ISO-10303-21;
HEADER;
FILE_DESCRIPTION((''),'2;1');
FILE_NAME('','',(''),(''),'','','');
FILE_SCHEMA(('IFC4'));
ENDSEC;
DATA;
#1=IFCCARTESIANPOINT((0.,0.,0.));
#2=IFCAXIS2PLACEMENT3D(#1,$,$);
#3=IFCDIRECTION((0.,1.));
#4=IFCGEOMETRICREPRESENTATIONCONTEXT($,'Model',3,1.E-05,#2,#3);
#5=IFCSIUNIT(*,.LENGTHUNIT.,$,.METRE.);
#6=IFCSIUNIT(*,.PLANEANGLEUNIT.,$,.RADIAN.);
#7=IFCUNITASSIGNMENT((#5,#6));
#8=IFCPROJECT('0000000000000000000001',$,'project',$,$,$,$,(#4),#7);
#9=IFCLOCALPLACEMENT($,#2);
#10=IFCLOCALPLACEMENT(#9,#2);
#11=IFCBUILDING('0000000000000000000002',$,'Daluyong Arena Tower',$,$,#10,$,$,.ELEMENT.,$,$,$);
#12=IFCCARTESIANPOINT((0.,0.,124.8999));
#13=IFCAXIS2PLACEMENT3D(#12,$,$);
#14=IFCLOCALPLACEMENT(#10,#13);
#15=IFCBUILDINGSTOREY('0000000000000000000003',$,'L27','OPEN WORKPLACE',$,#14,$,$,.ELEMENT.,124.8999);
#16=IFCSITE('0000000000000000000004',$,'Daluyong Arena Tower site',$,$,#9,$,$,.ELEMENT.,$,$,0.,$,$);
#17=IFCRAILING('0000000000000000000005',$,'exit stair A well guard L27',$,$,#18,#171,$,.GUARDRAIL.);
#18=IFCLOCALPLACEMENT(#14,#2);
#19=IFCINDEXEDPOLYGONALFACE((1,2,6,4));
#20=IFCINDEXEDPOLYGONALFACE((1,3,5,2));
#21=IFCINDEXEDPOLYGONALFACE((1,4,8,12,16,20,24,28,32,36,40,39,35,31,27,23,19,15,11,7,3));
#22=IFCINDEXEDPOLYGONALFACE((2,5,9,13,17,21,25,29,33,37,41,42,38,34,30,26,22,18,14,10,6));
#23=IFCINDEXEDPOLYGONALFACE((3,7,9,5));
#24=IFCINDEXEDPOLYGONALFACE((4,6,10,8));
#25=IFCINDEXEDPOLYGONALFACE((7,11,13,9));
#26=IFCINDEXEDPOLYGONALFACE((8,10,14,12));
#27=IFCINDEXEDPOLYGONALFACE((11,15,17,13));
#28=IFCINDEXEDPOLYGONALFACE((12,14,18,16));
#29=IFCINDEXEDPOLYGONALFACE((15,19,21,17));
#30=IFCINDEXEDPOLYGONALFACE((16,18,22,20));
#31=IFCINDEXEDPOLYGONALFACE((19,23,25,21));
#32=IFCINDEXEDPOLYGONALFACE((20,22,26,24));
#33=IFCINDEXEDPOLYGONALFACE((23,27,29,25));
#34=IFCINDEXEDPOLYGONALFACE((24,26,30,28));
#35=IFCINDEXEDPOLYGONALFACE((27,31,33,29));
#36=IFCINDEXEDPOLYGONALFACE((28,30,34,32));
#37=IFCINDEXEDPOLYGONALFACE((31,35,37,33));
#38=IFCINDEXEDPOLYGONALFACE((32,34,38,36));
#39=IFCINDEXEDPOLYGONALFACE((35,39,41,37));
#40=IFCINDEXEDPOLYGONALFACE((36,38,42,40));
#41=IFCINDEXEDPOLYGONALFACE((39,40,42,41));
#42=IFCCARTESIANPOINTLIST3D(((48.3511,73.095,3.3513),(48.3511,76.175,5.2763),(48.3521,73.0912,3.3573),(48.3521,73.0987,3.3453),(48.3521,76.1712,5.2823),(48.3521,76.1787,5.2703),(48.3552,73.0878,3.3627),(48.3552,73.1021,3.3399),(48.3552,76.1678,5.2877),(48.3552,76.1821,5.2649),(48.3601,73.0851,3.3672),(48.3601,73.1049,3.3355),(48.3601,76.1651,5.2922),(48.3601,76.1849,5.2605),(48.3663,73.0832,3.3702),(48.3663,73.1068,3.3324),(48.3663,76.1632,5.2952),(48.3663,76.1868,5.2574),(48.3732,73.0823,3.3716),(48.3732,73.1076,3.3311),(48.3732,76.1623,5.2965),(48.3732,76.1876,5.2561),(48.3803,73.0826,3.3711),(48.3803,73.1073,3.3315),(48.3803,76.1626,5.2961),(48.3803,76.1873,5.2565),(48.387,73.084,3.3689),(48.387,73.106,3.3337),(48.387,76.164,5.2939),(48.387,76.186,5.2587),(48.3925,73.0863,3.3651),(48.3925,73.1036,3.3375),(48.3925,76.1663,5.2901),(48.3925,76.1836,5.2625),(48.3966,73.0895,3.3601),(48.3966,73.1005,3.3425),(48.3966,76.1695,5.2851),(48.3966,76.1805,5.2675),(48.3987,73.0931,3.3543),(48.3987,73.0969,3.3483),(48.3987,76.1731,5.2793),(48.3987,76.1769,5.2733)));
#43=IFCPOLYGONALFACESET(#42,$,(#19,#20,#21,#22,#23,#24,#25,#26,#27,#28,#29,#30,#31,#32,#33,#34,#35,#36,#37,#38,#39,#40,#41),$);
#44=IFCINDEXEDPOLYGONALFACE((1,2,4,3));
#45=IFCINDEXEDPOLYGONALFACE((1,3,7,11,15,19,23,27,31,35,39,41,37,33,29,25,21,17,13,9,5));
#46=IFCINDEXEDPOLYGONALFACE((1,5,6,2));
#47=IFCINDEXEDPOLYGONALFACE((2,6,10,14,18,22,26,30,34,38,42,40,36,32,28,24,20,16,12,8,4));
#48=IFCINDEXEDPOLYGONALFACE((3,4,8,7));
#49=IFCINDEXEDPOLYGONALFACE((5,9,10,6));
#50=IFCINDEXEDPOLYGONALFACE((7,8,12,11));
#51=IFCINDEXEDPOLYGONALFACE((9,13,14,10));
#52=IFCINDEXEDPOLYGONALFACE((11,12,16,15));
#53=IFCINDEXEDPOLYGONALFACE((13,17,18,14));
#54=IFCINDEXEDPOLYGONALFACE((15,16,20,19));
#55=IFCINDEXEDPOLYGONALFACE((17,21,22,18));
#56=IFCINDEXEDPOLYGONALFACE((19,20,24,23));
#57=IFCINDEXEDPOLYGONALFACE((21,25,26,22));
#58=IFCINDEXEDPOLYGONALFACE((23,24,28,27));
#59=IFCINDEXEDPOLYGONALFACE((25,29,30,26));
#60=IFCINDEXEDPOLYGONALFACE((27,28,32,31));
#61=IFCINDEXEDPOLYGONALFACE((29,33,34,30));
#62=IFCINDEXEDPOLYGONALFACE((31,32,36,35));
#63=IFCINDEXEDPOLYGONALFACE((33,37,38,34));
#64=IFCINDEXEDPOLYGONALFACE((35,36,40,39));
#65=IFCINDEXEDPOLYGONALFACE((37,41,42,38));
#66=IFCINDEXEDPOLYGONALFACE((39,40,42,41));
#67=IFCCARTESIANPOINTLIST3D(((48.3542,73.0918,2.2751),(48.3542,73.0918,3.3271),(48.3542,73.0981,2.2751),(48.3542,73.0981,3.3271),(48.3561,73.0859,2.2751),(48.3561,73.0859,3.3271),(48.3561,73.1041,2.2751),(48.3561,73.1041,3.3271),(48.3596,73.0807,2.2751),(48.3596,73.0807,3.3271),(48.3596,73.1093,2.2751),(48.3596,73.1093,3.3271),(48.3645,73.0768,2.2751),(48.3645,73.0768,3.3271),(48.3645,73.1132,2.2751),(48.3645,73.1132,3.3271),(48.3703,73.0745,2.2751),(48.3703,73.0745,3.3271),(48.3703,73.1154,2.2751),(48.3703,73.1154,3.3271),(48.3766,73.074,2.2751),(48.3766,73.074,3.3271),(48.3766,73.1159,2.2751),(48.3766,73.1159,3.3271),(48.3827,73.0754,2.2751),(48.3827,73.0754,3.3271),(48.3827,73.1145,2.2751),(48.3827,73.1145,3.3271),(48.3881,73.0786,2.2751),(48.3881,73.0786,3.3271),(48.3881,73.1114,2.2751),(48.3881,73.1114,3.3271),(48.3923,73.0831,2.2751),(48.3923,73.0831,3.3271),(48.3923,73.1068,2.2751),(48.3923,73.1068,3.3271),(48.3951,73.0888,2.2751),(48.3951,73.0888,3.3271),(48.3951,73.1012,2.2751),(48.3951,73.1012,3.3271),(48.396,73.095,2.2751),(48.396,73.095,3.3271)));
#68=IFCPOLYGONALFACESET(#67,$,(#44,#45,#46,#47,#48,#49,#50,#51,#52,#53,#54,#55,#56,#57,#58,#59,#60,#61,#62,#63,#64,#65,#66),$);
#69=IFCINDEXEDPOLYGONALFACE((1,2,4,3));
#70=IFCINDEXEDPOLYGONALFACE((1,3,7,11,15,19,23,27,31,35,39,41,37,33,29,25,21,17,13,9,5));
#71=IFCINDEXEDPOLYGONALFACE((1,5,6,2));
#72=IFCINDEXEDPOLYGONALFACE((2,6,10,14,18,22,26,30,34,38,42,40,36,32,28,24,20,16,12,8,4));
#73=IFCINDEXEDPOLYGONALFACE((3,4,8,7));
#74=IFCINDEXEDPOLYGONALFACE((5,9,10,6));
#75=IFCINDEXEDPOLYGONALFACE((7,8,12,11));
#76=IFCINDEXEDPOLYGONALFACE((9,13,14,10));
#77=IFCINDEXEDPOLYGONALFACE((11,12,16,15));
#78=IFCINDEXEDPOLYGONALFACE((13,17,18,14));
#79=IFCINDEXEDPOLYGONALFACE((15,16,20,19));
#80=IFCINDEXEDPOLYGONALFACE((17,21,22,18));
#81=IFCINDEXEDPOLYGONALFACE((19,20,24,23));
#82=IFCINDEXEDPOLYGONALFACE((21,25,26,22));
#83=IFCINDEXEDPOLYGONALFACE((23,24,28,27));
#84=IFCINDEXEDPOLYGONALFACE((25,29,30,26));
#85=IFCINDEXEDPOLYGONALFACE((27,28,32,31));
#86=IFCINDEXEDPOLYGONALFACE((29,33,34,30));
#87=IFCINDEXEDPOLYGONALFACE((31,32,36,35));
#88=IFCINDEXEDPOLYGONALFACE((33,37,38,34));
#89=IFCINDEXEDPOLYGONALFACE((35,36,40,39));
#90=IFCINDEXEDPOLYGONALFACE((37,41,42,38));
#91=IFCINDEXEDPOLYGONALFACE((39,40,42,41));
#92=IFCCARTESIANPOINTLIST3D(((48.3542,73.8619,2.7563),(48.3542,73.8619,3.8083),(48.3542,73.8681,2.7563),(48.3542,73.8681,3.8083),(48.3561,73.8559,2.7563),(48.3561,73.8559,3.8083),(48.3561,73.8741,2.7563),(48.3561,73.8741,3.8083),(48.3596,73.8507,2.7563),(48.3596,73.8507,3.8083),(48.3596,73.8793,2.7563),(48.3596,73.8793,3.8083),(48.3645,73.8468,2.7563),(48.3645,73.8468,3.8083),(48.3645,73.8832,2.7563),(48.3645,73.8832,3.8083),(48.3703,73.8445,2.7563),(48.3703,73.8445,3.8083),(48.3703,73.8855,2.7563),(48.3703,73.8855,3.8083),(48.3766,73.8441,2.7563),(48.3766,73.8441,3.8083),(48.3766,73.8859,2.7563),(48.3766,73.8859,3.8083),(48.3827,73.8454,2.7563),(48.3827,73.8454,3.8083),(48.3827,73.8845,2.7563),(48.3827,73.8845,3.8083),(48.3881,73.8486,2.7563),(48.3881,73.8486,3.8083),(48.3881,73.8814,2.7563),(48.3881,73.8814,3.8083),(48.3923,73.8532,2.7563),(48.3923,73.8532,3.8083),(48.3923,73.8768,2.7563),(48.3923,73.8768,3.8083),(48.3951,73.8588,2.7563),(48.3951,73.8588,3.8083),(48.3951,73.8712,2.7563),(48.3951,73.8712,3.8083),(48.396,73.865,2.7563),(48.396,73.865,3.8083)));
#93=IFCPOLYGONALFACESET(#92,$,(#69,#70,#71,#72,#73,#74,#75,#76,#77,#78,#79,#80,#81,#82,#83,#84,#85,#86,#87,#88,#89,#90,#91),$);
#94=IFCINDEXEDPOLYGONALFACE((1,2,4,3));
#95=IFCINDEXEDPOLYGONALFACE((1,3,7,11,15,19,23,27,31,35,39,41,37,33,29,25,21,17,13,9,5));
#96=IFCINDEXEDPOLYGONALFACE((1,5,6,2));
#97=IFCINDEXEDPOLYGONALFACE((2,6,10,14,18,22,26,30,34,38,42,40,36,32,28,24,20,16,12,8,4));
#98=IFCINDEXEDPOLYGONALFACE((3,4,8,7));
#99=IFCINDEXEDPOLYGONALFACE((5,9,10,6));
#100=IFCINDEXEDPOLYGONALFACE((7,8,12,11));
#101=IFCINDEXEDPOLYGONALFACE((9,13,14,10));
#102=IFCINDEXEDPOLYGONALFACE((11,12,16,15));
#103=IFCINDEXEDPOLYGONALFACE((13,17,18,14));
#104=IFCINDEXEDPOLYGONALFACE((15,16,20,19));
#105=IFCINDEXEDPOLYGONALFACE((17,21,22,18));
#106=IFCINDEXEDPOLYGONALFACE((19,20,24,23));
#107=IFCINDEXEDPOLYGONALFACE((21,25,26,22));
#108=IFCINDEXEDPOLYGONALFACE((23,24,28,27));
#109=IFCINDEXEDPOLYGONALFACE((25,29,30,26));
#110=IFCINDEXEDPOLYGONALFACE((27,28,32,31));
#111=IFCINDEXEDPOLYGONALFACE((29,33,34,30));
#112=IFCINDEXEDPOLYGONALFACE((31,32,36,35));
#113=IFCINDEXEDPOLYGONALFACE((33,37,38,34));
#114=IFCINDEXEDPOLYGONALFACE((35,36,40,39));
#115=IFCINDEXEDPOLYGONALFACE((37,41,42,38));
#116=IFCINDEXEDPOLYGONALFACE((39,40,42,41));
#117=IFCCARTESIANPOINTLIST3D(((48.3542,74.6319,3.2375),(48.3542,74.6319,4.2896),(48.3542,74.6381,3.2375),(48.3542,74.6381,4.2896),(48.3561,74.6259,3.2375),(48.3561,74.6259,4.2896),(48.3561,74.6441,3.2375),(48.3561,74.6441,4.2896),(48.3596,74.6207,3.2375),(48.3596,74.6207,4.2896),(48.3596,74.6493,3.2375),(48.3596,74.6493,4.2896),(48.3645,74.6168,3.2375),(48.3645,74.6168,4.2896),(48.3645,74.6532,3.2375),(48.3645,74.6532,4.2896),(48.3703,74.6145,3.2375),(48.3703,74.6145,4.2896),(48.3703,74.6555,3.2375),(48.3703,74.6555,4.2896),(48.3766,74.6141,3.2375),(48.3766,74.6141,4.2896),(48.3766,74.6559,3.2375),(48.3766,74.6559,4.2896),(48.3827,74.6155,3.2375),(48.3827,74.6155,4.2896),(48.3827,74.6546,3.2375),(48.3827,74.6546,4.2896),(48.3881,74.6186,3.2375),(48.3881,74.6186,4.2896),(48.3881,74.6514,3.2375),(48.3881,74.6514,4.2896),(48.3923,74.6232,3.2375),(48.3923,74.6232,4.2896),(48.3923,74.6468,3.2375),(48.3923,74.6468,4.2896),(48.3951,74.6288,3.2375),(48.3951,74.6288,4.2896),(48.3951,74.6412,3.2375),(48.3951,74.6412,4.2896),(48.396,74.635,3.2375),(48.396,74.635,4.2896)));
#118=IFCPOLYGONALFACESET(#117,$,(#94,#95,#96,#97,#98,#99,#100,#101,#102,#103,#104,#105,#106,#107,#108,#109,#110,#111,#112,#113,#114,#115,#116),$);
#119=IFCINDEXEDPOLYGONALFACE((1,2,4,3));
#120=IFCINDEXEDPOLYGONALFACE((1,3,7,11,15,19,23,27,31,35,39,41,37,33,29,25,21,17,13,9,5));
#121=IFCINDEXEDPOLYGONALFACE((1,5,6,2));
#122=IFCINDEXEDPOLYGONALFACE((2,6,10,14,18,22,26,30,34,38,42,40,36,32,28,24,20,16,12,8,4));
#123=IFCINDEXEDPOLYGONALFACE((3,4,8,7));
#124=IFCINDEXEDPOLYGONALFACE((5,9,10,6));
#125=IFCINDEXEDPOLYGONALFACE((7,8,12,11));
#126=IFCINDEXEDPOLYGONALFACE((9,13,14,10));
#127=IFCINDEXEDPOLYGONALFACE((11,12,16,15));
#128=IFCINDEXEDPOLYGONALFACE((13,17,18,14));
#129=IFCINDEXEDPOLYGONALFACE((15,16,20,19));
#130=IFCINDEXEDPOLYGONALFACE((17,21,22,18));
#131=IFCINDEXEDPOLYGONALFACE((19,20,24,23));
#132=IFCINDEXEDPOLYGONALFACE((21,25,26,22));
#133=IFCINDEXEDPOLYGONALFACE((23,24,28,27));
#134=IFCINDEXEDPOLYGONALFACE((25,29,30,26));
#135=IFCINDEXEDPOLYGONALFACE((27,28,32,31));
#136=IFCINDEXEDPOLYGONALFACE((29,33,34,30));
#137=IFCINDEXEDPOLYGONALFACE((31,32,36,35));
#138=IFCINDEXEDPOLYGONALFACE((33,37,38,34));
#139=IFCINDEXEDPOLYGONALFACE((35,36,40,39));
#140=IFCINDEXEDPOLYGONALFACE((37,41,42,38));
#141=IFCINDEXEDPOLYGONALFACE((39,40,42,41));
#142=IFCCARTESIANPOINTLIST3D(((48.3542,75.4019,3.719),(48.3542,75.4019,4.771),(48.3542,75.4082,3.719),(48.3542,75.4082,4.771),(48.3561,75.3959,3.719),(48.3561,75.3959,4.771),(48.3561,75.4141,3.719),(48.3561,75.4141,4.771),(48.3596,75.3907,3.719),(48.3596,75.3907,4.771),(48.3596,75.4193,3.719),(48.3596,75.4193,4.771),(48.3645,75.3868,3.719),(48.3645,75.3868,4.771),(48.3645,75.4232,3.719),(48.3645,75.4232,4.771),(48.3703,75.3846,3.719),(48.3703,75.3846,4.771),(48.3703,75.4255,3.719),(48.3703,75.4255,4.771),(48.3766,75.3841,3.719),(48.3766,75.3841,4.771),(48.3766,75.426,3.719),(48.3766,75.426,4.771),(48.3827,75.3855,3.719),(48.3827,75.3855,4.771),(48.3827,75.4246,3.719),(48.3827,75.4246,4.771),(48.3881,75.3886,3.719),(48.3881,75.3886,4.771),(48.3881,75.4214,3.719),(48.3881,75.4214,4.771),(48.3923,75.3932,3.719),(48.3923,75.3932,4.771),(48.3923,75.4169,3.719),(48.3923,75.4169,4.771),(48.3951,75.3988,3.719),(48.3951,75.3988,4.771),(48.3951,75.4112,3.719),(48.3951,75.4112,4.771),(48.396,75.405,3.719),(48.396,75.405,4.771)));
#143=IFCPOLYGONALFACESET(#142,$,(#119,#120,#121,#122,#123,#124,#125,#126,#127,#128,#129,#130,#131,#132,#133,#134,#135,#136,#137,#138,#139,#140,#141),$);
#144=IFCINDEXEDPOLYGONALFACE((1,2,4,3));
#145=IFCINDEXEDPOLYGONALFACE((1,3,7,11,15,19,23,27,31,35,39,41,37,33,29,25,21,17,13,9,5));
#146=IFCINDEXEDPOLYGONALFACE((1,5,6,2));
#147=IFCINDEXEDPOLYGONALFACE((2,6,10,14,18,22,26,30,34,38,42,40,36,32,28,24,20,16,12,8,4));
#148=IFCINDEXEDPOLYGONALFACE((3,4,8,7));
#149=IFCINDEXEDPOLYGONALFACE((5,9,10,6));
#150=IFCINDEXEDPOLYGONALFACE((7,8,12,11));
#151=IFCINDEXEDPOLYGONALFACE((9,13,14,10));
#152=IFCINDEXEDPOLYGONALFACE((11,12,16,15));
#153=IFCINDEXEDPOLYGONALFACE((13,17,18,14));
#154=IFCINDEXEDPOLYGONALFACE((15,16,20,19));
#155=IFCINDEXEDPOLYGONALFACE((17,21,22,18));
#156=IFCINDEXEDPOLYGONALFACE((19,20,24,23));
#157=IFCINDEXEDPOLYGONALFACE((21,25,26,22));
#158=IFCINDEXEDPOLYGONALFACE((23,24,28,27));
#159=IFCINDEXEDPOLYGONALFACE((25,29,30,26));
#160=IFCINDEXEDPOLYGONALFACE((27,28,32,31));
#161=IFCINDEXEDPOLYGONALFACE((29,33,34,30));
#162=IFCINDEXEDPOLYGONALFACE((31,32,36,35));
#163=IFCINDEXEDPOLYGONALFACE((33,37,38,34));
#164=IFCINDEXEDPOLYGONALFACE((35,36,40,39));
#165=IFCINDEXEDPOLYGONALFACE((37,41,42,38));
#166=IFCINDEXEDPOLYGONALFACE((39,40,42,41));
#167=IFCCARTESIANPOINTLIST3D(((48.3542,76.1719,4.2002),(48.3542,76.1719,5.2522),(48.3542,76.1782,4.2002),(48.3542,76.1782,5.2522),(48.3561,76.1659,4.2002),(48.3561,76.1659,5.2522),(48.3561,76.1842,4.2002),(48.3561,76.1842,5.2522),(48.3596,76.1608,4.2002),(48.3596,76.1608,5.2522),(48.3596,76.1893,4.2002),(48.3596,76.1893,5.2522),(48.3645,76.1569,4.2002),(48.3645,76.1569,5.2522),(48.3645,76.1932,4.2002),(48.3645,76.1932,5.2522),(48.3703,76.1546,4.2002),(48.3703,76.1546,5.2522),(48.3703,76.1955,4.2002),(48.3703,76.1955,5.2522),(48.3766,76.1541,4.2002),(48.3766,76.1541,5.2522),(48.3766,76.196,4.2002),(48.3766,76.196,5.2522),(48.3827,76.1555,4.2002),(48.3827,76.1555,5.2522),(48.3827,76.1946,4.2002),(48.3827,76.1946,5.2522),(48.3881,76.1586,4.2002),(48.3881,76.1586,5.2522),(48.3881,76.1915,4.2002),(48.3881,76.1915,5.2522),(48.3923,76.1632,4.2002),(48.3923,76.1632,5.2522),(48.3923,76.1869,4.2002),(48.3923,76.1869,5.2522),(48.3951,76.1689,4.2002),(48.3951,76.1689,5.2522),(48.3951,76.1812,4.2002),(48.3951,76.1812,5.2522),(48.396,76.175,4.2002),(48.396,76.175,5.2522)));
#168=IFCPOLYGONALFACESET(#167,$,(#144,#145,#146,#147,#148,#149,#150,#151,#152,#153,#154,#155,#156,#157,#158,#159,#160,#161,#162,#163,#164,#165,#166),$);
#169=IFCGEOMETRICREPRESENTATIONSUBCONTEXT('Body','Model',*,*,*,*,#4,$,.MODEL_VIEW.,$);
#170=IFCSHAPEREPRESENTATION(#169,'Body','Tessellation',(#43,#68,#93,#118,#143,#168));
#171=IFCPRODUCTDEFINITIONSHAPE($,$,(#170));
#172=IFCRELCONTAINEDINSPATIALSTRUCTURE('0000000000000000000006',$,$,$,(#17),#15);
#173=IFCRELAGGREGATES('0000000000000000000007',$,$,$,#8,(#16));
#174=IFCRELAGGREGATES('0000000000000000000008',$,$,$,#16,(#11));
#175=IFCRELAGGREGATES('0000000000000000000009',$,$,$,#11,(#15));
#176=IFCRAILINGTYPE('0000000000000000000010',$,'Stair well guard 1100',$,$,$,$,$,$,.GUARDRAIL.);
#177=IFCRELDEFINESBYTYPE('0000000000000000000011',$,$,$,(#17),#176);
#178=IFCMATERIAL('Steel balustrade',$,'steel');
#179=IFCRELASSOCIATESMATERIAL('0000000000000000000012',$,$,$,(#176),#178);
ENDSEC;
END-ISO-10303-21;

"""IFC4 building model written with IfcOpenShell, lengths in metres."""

from ifc_helpers import new_model, si_unit, direction, frame, origin, origin_2d, place, context, subcontext, project, spatial, circle, extrude, material, type_object, element, save


model = new_model("IFC4")

# Units and contexts
model_context = context("Model", 3, precision=1e-05, world=origin(), true_north=direction((0.0, 1.0)))
body_context = subcontext(model_context, "Body", "Model", "MODEL_VIEW")
ifc_project = project(units=[si_unit("LENGTHUNIT", "METRE"), si_unit("PLANEANGLEUNIT", "RADIAN")], contexts=[model_context])

# Site, building, storey
site_placement = place(None, origin())
site = spatial("IfcSite", under=ifc_project, at=site_placement, Name="Daluyong Arena Tower site", CompositionType="ELEMENT", RefElevation=0.0)
building_placement = place(site_placement, origin())
building = spatial("IfcBuilding", under=site, at=building_placement, Name="Daluyong Arena Tower", CompositionType="ELEMENT")
storey_placement = place(building_placement, frame((0.0, 0.0, 124.8999)))
storey = spatial("IfcBuildingStorey", under=building, at=storey_placement, Name="L27", Description="OPEN WORKPLACE", CompositionType="ELEMENT", Elevation=124.8999)

# Railing
ifc_material_1 = material(Name="Steel balustrade", Category="steel")
railing_type_1 = type_object("IfcRailingType", Name="Stair well guard 1100", PredefinedType="GUARDRAIL", material=ifc_material_1)
railing_1_placement = place(storey_placement, frame((48.375, 73.095, 2.2751)))
element("IfcRailing", 1, at=railing_1_placement, inside=storey, type_object=railing_type_1, Name="exit stair A well guard L27", PredefinedType="GUARDRAIL", context=body_context, shape_type="SweptSolid", body=[
    extrude(circle(Radius=0.0239, at=origin_2d()), frame((0.0, 0.0, 1.0762), z_axis=(0.0, 0.847998, 0.529999), x_axis=(-1.0, 0.0, 0.0)), (0.0, 0.0, 1.0), 3.6321),
    extrude(circle(Radius=0.021, at=origin_2d()), origin(), (0.0, 0.0, 1.0), 1.052),
    extrude(circle(Radius=0.021, at=origin_2d()), frame((0.0, 0.77, 0.4812)), (0.0, 0.0, 1.0), 1.052),
    extrude(circle(Radius=0.021, at=origin_2d()), frame((0.0, 1.54, 0.9624)), (0.0, 0.0, 1.0), 1.052),
    extrude(circle(Radius=0.021, at=origin_2d()), frame((0.0, 2.3101, 1.4438)), (0.0, 0.0, 1.0), 1.052),
    extrude(circle(Radius=0.021, at=origin_2d()), frame((0.0, 3.0801, 1.925)), (0.0, 0.0, 1.0), 1.052),
])

save(model, "model.ifc")
